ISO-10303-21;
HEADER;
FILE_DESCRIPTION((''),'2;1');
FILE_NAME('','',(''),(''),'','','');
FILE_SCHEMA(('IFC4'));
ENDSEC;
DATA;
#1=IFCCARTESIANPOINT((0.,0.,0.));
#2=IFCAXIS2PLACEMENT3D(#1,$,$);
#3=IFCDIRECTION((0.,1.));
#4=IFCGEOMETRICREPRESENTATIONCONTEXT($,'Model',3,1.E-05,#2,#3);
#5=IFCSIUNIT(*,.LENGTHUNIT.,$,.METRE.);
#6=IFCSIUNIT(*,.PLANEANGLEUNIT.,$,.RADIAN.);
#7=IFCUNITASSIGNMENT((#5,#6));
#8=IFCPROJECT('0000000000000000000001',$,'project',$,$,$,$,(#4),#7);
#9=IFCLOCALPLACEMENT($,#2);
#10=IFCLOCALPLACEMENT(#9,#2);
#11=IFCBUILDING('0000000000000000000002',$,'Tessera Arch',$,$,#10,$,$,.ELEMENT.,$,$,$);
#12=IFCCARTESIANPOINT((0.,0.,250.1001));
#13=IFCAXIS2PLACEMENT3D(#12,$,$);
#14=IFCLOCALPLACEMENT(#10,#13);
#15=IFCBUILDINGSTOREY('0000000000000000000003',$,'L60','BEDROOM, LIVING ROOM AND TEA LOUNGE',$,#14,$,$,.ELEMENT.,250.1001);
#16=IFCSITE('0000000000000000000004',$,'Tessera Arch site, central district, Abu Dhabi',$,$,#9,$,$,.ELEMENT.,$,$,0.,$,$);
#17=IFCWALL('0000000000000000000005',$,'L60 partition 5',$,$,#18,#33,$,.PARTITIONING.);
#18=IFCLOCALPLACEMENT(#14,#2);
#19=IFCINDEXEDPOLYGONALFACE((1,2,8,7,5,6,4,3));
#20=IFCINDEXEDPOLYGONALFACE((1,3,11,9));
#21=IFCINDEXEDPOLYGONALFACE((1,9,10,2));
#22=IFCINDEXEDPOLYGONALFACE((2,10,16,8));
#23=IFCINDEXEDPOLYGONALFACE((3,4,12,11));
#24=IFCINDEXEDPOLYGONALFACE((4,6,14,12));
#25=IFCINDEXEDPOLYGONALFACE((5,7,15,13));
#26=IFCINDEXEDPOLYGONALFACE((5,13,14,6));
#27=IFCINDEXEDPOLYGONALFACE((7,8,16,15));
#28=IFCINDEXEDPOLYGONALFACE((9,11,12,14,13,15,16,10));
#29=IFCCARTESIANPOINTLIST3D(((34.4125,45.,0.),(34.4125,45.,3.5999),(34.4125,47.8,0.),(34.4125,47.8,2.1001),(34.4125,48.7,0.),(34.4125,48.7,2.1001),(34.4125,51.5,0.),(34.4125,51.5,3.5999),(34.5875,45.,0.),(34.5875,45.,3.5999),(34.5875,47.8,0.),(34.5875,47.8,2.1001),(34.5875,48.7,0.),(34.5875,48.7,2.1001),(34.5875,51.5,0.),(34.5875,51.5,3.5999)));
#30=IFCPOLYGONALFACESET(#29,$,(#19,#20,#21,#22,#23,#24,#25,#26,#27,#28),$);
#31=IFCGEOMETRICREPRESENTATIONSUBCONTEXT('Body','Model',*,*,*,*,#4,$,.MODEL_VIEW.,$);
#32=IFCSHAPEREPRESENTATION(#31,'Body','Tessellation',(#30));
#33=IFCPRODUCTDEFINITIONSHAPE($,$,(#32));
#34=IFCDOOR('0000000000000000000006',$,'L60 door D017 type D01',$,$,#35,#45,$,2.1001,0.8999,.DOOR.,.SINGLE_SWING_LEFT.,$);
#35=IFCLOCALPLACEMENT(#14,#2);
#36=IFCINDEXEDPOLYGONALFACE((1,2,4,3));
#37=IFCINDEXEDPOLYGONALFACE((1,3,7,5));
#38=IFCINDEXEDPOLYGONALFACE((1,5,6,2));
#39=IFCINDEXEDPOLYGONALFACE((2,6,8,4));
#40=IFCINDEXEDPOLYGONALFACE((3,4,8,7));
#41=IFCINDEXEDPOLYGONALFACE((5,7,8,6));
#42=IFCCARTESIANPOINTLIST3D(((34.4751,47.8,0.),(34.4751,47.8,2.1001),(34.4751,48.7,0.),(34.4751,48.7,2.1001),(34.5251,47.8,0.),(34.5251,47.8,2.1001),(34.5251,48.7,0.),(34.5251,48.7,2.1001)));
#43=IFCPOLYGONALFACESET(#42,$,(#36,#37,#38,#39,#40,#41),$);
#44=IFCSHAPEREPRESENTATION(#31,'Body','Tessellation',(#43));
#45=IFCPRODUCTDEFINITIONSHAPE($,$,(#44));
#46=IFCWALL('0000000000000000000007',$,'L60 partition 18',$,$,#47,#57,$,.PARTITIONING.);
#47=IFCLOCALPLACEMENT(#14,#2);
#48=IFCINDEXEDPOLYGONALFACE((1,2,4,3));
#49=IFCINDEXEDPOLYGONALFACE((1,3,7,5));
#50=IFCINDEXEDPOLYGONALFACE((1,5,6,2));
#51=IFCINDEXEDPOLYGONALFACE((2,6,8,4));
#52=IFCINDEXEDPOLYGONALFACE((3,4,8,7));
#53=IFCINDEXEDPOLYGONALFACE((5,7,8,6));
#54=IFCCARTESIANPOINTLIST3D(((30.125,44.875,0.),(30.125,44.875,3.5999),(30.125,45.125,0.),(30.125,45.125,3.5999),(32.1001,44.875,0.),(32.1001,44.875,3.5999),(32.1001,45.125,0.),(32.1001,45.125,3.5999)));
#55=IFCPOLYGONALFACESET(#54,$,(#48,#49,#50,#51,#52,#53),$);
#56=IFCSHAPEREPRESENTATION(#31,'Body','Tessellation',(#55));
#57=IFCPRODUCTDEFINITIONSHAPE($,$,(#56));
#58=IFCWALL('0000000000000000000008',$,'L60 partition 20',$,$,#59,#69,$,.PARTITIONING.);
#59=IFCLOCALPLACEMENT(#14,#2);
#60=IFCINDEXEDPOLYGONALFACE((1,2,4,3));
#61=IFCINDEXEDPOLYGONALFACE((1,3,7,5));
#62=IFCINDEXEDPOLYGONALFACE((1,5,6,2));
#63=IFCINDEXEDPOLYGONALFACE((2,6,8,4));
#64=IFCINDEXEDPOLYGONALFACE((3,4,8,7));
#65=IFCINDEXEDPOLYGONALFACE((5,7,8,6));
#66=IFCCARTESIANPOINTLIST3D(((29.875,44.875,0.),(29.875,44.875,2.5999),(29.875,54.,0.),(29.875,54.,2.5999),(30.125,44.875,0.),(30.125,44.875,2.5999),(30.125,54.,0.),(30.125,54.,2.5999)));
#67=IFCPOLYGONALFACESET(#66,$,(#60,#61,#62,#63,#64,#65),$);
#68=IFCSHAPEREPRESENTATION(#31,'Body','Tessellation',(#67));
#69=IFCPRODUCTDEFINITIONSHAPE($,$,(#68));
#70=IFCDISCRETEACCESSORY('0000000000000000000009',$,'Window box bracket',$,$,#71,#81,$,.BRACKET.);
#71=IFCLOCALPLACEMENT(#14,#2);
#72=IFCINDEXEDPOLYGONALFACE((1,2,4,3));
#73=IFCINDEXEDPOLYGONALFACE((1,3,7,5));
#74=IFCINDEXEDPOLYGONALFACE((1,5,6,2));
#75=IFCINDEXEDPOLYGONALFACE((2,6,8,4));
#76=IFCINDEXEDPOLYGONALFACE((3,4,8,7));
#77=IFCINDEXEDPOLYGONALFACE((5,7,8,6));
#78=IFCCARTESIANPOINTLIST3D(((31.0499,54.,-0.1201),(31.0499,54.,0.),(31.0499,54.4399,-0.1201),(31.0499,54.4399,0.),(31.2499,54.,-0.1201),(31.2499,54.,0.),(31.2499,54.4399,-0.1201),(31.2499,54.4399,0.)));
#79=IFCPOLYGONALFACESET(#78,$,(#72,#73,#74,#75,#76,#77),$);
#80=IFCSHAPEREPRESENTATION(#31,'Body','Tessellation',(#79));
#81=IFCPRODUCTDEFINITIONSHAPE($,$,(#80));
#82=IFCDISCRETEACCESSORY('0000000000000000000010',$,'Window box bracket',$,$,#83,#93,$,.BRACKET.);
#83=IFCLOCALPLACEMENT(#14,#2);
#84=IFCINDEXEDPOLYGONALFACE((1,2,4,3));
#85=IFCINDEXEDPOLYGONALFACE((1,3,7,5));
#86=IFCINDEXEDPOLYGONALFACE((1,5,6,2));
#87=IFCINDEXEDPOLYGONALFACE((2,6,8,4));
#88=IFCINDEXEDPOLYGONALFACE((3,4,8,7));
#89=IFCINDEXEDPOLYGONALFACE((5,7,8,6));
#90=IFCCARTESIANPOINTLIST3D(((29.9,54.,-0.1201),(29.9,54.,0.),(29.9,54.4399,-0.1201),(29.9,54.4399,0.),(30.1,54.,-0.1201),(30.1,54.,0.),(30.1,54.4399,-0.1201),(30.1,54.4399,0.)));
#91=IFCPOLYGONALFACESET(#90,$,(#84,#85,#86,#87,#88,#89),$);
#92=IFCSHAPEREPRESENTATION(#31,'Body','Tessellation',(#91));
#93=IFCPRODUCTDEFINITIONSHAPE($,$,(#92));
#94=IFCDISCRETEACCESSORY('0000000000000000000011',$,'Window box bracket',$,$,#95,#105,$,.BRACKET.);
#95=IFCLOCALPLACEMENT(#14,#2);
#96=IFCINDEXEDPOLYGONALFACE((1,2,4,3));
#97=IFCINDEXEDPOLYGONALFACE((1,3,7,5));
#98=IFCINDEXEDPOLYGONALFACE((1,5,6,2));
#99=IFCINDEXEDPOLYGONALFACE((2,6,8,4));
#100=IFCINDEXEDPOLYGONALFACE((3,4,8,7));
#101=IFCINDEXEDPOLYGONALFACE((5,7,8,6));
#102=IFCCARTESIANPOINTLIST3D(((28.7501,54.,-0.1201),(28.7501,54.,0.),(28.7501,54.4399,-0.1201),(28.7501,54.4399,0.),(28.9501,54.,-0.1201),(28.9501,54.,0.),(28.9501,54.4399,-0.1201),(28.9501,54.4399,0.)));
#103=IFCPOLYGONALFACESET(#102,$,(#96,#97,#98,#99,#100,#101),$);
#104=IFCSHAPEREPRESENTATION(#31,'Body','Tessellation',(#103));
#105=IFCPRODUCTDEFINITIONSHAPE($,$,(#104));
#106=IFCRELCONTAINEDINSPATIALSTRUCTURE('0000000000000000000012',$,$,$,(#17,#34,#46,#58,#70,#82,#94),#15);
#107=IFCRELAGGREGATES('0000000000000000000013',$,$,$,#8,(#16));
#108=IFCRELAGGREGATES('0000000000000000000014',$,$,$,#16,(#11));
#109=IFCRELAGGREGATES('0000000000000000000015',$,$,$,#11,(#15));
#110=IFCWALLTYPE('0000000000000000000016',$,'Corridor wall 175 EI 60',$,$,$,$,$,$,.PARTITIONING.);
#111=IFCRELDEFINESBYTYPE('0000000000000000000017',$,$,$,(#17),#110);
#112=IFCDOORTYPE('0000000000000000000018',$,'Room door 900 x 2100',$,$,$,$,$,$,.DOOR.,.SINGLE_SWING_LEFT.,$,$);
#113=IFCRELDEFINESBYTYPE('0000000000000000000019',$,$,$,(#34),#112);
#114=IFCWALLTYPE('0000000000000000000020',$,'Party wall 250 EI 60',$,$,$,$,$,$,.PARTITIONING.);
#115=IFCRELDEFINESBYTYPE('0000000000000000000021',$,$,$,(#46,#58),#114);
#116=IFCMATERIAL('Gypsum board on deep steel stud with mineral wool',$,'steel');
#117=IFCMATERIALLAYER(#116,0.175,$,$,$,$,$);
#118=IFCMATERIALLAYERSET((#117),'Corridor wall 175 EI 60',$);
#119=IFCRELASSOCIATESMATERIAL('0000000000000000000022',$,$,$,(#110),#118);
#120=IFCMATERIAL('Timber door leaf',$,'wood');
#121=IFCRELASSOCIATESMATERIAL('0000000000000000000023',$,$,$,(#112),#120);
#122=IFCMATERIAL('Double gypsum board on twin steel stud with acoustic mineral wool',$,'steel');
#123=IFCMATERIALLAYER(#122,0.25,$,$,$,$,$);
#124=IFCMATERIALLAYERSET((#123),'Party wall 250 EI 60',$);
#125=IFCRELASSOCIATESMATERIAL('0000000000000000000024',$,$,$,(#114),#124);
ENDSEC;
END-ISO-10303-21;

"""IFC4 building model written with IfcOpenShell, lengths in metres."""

from ifc_helpers import new_model, si_unit, direction, frame, frame_2d, origin, origin_2d, place, context, subcontext, project, spatial, rectangle, extrude, material, layer, layer_set, type_object, element, fill, save


model = new_model("IFC4")

# Units and contexts
model_context = context("Model", 3, precision=1e-05, world=origin(), true_north=direction((0.0, 1.0)))
body_context = subcontext(model_context, "Body", "Model", "MODEL_VIEW")
ifc_project = project(units=[si_unit("LENGTHUNIT", "METRE"), si_unit("PLANEANGLEUNIT", "RADIAN")], contexts=[model_context])

# Site, building, storey
site_placement = place(None, origin())
site = spatial("IfcSite", under=ifc_project, at=site_placement, Name="Tessera Arch site, central district, Abu Dhabi", CompositionType="ELEMENT", RefElevation=0.0)
building_placement = place(site_placement, origin())
building = spatial("IfcBuilding", under=site, at=building_placement, Name="Tessera Arch", CompositionType="ELEMENT")
storey_placement = place(building_placement, frame((0.0, 0.0, 250.1001)))
storey = spatial("IfcBuildingStorey", under=building, at=storey_placement, Name="L60", Description="BEDROOM, LIVING ROOM AND TEA LOUNGE", CompositionType="ELEMENT", Elevation=250.1001)

# Wall, opening, door
ifc_material_1 = material(Name="Gypsum board on deep steel stud with mineral wool", Category="steel")
ifc_layer_1 = layer(ifc_material_1, 0.175)
ifc_layer_set_1 = layer_set([ifc_layer_1], Name="Corridor wall 175 EI 60")
wall_type_1 = type_object("IfcWallType", Name="Corridor wall 175 EI 60", PredefinedType="PARTITIONING", material=ifc_layer_set_1)
wall_1_placement = place(storey_placement, frame((34.5, 45.0, 0.0), z_axis=(0.0, 0.0, 1.0), x_axis=(0.0, 1.0, 0.0)))
wall_1 = element("IfcWall", 1, at=wall_1_placement, inside=storey, type_object=wall_type_1, Name="L60 partition 5", PredefinedType="PARTITIONING", context=body_context, shape_type="SweptSolid", body=[
    extrude(rectangle(XDim=6.5, YDim=0.175, at=frame_2d((3.25, 0.0))), origin(), (0.0, 0.0, 1.0), 3.5999),
])
opening_1_placement = place(wall_1_placement, frame((2.8, 0.0, 0.0)))
opening_1 = element("IfcOpeningElement", 2, at=opening_1_placement, cuts=wall_1, PredefinedType="OPENING", context=body_context, shape_type="SweptSolid", body=[
    extrude(rectangle(XDim=0.8999, YDim=2.1001, at=frame_2d((0.45, 1.05))), frame((0.0, 0.0974, 0.0), z_axis=(0.0, -1.0, 0.0), x_axis=(1.0, 0.0, 0.0)), (0.0, 0.0, 1.0), 0.1951),
])
ifc_material_2 = material(Name="Timber door leaf", Category="wood")
door_type_1 = type_object("IfcDoorType", Name="Room door 900 x 2100", OperationType="SINGLE_SWING_LEFT", PredefinedType="DOOR", material=ifc_material_2)
door_1_placement = place(opening_1_placement, origin())
door_1 = element("IfcDoor", 3, at=door_1_placement, inside=storey, type_object=door_type_1, Name="L60 door D017 type D01", OperationType="SINGLE_SWING_LEFT", OverallHeight=2.1001, OverallWidth=0.8999, PredefinedType="DOOR", context=body_context, shape_type="SweptSolid", body=[
    extrude(rectangle(XDim=0.8999, YDim=2.1001, at=frame_2d((0.45, 1.05))), frame((0.0, 0.0249, 0.0), z_axis=(0.0, -1.0, 0.0), x_axis=(1.0, 0.0, 0.0)), (0.0, 0.0, 1.0), 0.05),
])
fill(opening_1, door_1)

# Walls
ifc_material_3 = material(Name="Double gypsum board on twin steel stud with acoustic mineral wool", Category="steel")
ifc_layer_2 = layer(ifc_material_3, 0.25)
ifc_layer_set_2 = layer_set([ifc_layer_2], Name="Party wall 250 EI 60")
wall_type_2 = type_object("IfcWallType", Name="Party wall 250 EI 60", PredefinedType="PARTITIONING", material=ifc_layer_set_2)
wall_2_placement = place(storey_placement, frame((30.125, 45.0, 0.0), z_axis=(0.0, 0.0, 1.0), x_axis=(1.0, 0.0, 0.0)))
element("IfcWall", 4, at=wall_2_placement, inside=storey, type_object=wall_type_2, Name="L60 partition 18", PredefinedType="PARTITIONING", context=body_context, shape_type="SweptSolid", body=[
    extrude(rectangle(XDim=1.9751, YDim=0.25, at=frame_2d((0.9875, 0.0))), origin(), (0.0, 0.0, 1.0), 3.5999),
])
wall_3_placement = place(storey_placement, frame((30.0, 44.875, 0.0), z_axis=(0.0, 0.0, 1.0), x_axis=(0.0, 1.0, 0.0)))
element("IfcWall", 5, at=wall_3_placement, inside=storey, type_object=wall_type_2, Name="L60 partition 20", PredefinedType="PARTITIONING", context=body_context, shape_type="SweptSolid", body=[
    extrude(rectangle(XDim=9.125, YDim=0.25, at=frame_2d((4.5625, 0.0))), origin(), (0.0, 0.0, 1.0), 2.5999),
])

# Discrete accessories
for number, where, z_axis, x_axis, name in (
    (6, (31.1499, 54.22, -0.1201), (0.0, 0.0, 1.0), (0.0, 1.0, 0.0), "Window box bracket"),
    (7, (30.0, 54.22, -0.1201), (0.0, 0.0, 1.0), (0.0, 1.0, 0.0), "Window box bracket"),
    (8, (28.8501, 54.22, -0.1201), (0.0, 0.0, 1.0), (0.0, 1.0, 0.0), "Window box bracket"),
):
    element("IfcDiscreteAccessory", number, at=place(storey_placement, frame(where, z_axis=z_axis, x_axis=x_axis)), inside=storey, Name=name, PredefinedType="BRACKET", context=body_context, shape_type="SweptSolid", body=[
        extrude(rectangle(XDim=0.4399, YDim=0.2, at=origin_2d()), origin(), (0.0, 0.0, 1.0), 0.1201),
    ])

save(model, "model.ifc")
